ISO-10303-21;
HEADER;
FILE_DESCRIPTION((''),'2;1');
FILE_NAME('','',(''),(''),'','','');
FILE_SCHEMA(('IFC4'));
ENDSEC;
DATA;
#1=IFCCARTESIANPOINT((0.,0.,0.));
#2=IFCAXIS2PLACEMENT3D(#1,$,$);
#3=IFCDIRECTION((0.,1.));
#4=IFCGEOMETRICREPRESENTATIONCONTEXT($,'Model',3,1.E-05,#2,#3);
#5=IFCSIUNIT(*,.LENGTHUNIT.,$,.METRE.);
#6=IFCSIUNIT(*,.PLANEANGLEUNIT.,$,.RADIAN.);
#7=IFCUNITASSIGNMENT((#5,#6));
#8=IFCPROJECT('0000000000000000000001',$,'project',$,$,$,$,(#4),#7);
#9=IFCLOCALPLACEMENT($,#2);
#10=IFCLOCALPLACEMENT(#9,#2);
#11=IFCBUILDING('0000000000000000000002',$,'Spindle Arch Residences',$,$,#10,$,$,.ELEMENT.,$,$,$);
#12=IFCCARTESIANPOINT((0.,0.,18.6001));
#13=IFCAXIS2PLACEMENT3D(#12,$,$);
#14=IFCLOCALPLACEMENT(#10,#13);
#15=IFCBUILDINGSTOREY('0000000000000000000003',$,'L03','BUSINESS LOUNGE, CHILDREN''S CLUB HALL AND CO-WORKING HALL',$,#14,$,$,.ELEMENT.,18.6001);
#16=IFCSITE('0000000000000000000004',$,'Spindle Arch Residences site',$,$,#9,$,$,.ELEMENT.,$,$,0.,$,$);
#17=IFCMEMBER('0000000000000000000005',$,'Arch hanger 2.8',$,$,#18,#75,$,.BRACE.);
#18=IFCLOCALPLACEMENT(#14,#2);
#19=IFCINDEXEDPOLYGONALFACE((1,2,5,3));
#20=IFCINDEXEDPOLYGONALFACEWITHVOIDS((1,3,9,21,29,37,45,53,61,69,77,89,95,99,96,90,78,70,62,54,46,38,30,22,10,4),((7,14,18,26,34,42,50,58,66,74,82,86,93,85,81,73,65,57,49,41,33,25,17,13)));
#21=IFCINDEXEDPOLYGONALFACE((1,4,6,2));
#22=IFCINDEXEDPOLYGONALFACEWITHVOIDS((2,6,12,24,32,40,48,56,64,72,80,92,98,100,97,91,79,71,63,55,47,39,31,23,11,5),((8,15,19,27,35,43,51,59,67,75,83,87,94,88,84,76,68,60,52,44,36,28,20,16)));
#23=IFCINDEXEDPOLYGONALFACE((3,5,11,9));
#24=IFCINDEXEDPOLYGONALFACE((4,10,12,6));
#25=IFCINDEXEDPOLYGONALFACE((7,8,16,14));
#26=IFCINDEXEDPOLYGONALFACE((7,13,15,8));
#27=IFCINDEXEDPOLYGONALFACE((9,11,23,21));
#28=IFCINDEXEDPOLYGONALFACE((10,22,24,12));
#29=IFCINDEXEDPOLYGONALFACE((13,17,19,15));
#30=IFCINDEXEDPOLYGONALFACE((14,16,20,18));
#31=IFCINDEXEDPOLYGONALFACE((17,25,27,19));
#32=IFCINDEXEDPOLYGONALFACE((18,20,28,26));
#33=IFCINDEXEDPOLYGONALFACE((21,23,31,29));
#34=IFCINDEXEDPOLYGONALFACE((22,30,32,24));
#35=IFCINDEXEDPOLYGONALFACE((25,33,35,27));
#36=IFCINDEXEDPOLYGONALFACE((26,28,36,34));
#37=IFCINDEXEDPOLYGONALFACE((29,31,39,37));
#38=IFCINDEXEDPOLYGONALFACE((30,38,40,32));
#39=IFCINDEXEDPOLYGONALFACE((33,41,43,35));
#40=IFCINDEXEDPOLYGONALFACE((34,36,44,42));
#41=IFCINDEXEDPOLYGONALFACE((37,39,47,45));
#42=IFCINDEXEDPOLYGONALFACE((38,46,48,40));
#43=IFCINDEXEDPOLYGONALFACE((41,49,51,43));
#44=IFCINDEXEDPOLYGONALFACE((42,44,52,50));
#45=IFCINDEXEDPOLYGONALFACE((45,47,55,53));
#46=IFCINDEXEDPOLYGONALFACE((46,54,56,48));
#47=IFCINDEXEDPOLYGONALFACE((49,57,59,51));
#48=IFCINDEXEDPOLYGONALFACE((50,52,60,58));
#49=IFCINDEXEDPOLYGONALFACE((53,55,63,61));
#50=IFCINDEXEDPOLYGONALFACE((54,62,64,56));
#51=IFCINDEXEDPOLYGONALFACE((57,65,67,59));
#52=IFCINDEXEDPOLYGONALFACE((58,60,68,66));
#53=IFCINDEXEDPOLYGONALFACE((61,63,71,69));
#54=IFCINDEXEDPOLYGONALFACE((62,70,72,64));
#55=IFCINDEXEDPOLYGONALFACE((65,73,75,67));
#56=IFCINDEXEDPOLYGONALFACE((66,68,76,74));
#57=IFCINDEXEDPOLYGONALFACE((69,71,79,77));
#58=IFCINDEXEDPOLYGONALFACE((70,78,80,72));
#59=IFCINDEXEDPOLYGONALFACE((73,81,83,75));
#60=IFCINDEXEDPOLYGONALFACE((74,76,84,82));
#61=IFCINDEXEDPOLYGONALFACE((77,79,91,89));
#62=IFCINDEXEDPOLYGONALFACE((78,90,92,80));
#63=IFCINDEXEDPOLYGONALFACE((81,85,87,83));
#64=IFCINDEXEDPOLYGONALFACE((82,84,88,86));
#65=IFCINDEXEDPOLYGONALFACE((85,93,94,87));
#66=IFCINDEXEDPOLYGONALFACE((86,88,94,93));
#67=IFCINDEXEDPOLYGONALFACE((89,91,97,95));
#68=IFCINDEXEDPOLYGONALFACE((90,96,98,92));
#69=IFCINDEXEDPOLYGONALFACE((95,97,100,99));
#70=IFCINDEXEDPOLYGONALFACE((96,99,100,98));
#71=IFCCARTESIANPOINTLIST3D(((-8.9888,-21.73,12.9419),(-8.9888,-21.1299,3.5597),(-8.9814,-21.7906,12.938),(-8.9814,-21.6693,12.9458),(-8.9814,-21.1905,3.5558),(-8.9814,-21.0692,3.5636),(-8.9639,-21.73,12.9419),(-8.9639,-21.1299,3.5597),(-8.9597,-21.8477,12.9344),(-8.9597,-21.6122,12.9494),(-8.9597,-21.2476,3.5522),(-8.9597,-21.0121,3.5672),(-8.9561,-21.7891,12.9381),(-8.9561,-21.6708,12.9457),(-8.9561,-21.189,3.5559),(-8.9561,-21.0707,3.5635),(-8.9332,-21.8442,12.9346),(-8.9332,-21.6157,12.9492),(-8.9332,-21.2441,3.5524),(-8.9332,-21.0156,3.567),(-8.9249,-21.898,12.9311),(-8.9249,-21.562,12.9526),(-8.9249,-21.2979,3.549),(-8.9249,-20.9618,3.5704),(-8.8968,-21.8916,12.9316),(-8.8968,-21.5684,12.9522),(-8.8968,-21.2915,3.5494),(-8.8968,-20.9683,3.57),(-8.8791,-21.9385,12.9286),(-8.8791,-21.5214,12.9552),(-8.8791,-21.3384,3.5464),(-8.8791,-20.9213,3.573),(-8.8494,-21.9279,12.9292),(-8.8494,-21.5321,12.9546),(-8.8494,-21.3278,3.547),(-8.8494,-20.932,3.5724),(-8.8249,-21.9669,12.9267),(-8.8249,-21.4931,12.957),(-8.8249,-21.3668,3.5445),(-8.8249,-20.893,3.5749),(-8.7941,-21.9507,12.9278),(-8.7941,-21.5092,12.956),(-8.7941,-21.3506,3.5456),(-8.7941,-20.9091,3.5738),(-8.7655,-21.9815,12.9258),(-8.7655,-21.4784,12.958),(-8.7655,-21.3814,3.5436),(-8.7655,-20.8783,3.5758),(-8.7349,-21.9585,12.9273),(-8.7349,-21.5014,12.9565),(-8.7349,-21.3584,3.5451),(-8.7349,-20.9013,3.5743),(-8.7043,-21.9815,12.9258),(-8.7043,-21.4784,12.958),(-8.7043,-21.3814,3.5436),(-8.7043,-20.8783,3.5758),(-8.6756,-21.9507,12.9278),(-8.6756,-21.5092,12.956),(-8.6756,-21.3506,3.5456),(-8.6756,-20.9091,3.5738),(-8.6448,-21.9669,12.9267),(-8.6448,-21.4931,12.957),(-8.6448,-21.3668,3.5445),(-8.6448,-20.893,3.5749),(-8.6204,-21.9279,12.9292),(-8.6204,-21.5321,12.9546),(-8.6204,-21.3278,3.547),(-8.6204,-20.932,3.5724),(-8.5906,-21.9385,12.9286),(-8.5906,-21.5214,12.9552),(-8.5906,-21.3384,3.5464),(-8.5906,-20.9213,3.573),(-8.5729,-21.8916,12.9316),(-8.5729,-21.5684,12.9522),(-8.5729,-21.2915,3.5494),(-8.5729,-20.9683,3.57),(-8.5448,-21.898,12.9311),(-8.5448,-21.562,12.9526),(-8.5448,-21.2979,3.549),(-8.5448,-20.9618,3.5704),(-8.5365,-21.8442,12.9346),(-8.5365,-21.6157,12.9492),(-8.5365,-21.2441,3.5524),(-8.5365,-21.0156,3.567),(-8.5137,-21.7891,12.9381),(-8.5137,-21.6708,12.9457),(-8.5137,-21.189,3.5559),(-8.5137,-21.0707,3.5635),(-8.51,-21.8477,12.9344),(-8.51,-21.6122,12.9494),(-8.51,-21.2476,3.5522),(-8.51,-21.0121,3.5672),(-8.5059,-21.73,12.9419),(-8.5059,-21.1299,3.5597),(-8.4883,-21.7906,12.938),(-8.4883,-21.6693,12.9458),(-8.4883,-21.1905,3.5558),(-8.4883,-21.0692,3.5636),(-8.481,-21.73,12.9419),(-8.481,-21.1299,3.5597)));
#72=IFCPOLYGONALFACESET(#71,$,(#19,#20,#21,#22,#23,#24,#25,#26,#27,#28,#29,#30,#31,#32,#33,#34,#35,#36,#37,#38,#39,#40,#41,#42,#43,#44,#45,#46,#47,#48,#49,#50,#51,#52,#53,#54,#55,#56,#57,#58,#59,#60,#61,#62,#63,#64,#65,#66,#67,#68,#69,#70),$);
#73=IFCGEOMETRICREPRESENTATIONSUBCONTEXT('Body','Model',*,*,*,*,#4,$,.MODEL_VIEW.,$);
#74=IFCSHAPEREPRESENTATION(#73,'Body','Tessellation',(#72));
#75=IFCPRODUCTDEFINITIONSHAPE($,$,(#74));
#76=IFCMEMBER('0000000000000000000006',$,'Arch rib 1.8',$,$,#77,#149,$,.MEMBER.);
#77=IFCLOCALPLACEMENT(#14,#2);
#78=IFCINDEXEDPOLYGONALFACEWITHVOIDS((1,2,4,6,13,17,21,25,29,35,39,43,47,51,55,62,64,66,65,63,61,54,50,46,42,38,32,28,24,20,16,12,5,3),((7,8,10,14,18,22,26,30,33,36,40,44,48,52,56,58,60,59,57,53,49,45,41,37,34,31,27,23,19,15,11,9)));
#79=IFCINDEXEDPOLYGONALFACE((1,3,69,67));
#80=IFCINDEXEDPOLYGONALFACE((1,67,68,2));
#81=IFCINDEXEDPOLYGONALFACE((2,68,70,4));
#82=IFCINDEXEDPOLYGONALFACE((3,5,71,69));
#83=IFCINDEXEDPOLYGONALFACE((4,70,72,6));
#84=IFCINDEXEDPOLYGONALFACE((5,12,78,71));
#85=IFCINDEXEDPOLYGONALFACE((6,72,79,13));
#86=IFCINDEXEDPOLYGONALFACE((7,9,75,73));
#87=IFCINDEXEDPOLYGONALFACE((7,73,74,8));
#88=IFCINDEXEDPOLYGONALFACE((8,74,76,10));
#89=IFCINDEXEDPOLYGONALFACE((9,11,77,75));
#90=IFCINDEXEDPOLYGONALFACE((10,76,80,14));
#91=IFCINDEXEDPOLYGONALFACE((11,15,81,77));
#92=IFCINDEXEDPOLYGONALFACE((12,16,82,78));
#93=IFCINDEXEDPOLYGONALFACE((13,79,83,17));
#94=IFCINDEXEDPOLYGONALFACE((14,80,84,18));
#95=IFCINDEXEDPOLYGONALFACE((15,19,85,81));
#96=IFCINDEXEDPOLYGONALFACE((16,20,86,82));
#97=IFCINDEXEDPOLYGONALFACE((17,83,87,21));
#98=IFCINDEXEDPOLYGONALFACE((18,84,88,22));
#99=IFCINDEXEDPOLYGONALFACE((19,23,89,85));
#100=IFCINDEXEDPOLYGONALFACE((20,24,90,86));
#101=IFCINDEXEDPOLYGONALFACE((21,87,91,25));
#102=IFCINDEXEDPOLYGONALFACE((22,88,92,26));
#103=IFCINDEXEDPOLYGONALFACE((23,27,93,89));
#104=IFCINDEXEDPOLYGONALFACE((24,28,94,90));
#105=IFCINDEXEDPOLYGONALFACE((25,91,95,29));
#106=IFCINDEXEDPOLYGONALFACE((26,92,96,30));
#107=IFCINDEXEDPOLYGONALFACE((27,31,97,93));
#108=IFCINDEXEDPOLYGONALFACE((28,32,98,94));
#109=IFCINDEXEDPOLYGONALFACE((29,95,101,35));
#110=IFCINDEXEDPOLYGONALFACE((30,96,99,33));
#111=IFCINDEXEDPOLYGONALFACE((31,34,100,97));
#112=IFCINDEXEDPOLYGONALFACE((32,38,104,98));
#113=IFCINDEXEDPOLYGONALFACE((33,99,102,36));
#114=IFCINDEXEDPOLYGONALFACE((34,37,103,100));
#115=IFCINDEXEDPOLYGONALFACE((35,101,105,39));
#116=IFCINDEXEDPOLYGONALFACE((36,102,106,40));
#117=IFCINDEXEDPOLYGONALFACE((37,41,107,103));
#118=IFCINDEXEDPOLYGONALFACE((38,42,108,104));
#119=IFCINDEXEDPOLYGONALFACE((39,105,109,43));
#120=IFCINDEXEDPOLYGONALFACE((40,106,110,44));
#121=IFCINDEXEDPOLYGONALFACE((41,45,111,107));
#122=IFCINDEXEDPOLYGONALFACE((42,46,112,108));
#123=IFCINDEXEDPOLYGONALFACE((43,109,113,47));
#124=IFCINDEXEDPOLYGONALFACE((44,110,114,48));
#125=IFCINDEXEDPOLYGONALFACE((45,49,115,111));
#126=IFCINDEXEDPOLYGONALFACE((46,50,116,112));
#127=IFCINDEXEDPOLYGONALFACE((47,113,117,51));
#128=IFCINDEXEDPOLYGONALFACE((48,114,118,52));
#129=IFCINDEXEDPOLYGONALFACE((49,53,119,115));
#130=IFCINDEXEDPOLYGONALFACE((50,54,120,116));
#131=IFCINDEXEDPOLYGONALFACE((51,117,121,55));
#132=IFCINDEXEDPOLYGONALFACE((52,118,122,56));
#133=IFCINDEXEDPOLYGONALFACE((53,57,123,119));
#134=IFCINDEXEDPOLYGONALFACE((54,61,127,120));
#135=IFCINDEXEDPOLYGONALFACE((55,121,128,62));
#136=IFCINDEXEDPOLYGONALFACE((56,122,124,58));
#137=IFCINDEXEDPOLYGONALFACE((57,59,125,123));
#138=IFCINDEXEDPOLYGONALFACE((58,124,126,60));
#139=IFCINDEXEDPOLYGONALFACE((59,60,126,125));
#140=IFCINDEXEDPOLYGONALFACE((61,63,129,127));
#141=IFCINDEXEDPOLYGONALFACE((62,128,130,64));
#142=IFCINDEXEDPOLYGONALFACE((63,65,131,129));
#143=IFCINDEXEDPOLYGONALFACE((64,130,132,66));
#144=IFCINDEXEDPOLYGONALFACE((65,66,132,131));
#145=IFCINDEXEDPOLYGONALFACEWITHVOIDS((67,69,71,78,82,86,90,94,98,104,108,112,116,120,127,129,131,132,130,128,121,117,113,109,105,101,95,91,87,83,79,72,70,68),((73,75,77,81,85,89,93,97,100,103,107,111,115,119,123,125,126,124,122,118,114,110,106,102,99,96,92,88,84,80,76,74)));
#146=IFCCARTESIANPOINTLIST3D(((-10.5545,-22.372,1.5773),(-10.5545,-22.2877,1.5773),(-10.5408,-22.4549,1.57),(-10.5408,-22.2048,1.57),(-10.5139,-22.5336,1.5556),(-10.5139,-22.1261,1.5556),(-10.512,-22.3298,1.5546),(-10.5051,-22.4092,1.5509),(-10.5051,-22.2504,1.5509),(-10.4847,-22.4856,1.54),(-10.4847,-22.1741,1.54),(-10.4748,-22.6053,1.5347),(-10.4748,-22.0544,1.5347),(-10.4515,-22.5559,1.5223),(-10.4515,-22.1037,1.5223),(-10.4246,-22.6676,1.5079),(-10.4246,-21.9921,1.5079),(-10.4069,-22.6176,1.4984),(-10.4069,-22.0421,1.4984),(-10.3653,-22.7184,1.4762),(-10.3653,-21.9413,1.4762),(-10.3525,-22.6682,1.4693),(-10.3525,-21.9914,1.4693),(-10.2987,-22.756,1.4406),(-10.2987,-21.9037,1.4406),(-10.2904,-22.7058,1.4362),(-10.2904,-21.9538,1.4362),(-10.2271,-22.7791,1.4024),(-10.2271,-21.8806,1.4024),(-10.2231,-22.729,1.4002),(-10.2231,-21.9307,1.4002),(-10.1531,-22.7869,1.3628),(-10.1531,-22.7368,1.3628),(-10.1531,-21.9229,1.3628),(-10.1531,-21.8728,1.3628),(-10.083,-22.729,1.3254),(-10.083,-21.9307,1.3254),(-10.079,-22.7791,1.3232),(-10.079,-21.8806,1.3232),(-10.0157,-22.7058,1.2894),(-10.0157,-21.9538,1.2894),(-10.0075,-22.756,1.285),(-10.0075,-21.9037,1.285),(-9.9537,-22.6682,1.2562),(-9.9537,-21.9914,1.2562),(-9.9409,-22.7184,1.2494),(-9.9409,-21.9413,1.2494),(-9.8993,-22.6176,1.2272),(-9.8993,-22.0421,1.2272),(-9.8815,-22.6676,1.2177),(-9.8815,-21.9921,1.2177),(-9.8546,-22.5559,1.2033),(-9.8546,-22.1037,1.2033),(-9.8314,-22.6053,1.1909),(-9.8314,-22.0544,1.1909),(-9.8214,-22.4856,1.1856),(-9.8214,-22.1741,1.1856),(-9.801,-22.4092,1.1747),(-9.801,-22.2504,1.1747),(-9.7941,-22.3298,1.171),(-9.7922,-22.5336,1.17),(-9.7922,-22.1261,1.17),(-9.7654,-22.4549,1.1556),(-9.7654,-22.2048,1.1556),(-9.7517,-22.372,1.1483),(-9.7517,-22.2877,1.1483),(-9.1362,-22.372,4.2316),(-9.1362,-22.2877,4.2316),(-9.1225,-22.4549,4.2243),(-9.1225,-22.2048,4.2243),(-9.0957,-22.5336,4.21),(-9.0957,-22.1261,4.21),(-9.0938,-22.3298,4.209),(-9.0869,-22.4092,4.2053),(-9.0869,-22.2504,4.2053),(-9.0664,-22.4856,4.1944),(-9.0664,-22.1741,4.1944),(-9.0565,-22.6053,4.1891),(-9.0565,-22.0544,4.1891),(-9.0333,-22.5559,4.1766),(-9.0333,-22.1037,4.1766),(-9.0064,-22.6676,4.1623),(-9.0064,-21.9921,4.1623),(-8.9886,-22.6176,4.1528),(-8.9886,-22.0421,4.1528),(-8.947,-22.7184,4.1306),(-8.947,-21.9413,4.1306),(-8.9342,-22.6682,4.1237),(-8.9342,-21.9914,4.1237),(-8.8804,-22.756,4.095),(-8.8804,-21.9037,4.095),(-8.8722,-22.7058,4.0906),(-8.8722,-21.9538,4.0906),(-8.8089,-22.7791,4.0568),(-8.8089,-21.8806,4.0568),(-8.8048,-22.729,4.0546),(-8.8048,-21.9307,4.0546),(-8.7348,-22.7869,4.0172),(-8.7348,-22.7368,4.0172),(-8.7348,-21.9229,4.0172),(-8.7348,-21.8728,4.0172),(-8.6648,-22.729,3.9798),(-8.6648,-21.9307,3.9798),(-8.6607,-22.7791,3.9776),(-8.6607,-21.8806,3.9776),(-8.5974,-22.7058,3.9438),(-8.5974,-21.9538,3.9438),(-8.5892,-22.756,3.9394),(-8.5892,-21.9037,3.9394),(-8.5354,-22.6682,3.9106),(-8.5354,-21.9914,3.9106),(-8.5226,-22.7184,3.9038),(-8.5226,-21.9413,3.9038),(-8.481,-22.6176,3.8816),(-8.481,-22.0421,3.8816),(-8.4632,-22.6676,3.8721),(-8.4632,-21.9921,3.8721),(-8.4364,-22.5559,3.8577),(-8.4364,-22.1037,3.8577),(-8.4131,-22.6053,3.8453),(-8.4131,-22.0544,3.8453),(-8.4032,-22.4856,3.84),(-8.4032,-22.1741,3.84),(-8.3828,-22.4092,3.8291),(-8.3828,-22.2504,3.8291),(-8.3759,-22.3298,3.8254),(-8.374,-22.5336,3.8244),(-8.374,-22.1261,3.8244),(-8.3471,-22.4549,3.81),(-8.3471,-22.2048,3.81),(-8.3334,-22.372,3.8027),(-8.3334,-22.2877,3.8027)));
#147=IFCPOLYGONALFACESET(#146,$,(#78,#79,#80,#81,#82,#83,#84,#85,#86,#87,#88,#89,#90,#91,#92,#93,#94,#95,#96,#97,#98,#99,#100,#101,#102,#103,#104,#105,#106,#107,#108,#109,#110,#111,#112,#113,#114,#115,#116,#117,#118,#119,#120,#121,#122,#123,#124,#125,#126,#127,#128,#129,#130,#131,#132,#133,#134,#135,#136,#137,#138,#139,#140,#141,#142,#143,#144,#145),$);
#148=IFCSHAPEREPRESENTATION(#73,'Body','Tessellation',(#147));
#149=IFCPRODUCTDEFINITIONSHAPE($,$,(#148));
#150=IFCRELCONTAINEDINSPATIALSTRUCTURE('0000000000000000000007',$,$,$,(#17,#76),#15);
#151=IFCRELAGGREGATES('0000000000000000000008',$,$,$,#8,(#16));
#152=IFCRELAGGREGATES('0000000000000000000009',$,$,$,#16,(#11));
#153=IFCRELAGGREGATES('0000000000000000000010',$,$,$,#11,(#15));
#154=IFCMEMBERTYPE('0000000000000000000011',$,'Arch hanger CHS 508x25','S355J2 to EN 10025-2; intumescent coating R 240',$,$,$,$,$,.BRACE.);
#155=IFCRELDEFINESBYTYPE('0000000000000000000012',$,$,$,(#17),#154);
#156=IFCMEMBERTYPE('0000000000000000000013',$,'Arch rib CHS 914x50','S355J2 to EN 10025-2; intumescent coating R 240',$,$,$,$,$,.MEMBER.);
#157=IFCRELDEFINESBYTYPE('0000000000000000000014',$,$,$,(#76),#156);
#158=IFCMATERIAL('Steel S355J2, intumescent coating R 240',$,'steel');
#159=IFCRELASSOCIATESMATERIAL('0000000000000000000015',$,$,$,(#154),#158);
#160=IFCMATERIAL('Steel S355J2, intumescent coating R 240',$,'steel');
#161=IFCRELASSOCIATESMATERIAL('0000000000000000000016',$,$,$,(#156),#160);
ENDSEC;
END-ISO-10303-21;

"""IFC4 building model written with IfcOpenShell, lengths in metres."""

from ifc_helpers import new_model, si_unit, direction, frame, origin, origin_2d, place, context, subcontext, project, spatial, hollow_circle, extrude, material, material_profile, profile_set, type_object, element, save


model = new_model("IFC4")

# Units and contexts
model_context = context("Model", 3, precision=1e-05, world=origin(), true_north=direction((0.0, 1.0)))
body_context = subcontext(model_context, "Body", "Model", "MODEL_VIEW")
ifc_project = project(units=[si_unit("LENGTHUNIT", "METRE"), si_unit("PLANEANGLEUNIT", "RADIAN")], contexts=[model_context])

# Site, building, storey
site_placement = place(None, origin())
site = spatial("IfcSite", under=ifc_project, at=site_placement, Name="Spindle Arch Residences site", CompositionType="ELEMENT", RefElevation=0.0)
building_placement = place(site_placement, origin())
building = spatial("IfcBuilding", under=site, at=building_placement, Name="Spindle Arch Residences", CompositionType="ELEMENT")
storey_placement = place(building_placement, frame((0.0, 0.0, 18.6001)))
storey = spatial("IfcBuildingStorey", under=building, at=storey_placement, Name="L03", Description="BUSINESS LOUNGE, CHILDREN'S CLUB HALL AND CO-WORKING HALL", CompositionType="ELEMENT", Elevation=18.6001)

# Members
ifc_material_1 = material(Name="Steel S355J2, intumescent coating R 240", Category="steel")
ifc_material_profile_1 = material_profile(ifc_material_1, hollow_circle(Radius=0.2539, WallThickness=0.0249, at=origin_2d()), Name="CHS 508x25")
ifc_profile_set_1 = profile_set([ifc_material_profile_1], Name="Steel S355J2, intumescent coating R 240")
member_type_1 = type_object("IfcMemberType", Name="Arch hanger CHS 508x25", Description="S355J2 to EN 10025-2; intumescent coating R 240", PredefinedType="BRACE", material=ifc_profile_set_1)
member_1_placement = place(storey_placement, frame((-8.7349, -21.73, 12.9419), z_axis=(0.0, 0.063832, -0.997961), x_axis=(-1.0, 0.0, 0.0)))
element("IfcMember", 1, at=member_1_placement, inside=storey, type_object=member_type_1, Name="Arch hanger 2.8", PredefinedType="BRACE", context=body_context, shape_type="SweptSolid", body=[
    extrude(hollow_circle(Radius=0.2539, WallThickness=0.0249, at=origin_2d()), origin(), (0.0, 0.0, 1.0), 9.4014),
])
ifc_material_2 = material(Name="Steel S355J2, intumescent coating R 240", Category="steel")
ifc_material_profile_2 = material_profile(ifc_material_2, hollow_circle(Radius=0.457, WallThickness=0.05, at=origin_2d()), Name="CHS 914x50")
ifc_profile_set_2 = profile_set([ifc_material_profile_2], Name="Steel S355J2, intumescent coating R 240")
member_type_2 = type_object("IfcMemberType", Name="Arch rib CHS 914x50", Description="S355J2 to EN 10025-2; intumescent coating R 240", PredefinedType="MEMBER", material=ifc_profile_set_2)
member_2_placement = place(storey_placement, frame((-10.1531, -22.3298, 1.3628), z_axis=(0.471258, 0.0, 0.881996), x_axis=(0.0, 1.0, 0.0)))
element("IfcMember", 2, at=member_2_placement, inside=storey, type_object=member_type_2, Name="Arch rib 1.8", PredefinedType="MEMBER", context=body_context, shape_type="SweptSolid", body=[
    extrude(hollow_circle(Radius=0.457, WallThickness=0.05, at=origin_2d()), origin(), (0.0, 0.0, 1.0), 3.0095),
])

save(model, "model.ifc")
